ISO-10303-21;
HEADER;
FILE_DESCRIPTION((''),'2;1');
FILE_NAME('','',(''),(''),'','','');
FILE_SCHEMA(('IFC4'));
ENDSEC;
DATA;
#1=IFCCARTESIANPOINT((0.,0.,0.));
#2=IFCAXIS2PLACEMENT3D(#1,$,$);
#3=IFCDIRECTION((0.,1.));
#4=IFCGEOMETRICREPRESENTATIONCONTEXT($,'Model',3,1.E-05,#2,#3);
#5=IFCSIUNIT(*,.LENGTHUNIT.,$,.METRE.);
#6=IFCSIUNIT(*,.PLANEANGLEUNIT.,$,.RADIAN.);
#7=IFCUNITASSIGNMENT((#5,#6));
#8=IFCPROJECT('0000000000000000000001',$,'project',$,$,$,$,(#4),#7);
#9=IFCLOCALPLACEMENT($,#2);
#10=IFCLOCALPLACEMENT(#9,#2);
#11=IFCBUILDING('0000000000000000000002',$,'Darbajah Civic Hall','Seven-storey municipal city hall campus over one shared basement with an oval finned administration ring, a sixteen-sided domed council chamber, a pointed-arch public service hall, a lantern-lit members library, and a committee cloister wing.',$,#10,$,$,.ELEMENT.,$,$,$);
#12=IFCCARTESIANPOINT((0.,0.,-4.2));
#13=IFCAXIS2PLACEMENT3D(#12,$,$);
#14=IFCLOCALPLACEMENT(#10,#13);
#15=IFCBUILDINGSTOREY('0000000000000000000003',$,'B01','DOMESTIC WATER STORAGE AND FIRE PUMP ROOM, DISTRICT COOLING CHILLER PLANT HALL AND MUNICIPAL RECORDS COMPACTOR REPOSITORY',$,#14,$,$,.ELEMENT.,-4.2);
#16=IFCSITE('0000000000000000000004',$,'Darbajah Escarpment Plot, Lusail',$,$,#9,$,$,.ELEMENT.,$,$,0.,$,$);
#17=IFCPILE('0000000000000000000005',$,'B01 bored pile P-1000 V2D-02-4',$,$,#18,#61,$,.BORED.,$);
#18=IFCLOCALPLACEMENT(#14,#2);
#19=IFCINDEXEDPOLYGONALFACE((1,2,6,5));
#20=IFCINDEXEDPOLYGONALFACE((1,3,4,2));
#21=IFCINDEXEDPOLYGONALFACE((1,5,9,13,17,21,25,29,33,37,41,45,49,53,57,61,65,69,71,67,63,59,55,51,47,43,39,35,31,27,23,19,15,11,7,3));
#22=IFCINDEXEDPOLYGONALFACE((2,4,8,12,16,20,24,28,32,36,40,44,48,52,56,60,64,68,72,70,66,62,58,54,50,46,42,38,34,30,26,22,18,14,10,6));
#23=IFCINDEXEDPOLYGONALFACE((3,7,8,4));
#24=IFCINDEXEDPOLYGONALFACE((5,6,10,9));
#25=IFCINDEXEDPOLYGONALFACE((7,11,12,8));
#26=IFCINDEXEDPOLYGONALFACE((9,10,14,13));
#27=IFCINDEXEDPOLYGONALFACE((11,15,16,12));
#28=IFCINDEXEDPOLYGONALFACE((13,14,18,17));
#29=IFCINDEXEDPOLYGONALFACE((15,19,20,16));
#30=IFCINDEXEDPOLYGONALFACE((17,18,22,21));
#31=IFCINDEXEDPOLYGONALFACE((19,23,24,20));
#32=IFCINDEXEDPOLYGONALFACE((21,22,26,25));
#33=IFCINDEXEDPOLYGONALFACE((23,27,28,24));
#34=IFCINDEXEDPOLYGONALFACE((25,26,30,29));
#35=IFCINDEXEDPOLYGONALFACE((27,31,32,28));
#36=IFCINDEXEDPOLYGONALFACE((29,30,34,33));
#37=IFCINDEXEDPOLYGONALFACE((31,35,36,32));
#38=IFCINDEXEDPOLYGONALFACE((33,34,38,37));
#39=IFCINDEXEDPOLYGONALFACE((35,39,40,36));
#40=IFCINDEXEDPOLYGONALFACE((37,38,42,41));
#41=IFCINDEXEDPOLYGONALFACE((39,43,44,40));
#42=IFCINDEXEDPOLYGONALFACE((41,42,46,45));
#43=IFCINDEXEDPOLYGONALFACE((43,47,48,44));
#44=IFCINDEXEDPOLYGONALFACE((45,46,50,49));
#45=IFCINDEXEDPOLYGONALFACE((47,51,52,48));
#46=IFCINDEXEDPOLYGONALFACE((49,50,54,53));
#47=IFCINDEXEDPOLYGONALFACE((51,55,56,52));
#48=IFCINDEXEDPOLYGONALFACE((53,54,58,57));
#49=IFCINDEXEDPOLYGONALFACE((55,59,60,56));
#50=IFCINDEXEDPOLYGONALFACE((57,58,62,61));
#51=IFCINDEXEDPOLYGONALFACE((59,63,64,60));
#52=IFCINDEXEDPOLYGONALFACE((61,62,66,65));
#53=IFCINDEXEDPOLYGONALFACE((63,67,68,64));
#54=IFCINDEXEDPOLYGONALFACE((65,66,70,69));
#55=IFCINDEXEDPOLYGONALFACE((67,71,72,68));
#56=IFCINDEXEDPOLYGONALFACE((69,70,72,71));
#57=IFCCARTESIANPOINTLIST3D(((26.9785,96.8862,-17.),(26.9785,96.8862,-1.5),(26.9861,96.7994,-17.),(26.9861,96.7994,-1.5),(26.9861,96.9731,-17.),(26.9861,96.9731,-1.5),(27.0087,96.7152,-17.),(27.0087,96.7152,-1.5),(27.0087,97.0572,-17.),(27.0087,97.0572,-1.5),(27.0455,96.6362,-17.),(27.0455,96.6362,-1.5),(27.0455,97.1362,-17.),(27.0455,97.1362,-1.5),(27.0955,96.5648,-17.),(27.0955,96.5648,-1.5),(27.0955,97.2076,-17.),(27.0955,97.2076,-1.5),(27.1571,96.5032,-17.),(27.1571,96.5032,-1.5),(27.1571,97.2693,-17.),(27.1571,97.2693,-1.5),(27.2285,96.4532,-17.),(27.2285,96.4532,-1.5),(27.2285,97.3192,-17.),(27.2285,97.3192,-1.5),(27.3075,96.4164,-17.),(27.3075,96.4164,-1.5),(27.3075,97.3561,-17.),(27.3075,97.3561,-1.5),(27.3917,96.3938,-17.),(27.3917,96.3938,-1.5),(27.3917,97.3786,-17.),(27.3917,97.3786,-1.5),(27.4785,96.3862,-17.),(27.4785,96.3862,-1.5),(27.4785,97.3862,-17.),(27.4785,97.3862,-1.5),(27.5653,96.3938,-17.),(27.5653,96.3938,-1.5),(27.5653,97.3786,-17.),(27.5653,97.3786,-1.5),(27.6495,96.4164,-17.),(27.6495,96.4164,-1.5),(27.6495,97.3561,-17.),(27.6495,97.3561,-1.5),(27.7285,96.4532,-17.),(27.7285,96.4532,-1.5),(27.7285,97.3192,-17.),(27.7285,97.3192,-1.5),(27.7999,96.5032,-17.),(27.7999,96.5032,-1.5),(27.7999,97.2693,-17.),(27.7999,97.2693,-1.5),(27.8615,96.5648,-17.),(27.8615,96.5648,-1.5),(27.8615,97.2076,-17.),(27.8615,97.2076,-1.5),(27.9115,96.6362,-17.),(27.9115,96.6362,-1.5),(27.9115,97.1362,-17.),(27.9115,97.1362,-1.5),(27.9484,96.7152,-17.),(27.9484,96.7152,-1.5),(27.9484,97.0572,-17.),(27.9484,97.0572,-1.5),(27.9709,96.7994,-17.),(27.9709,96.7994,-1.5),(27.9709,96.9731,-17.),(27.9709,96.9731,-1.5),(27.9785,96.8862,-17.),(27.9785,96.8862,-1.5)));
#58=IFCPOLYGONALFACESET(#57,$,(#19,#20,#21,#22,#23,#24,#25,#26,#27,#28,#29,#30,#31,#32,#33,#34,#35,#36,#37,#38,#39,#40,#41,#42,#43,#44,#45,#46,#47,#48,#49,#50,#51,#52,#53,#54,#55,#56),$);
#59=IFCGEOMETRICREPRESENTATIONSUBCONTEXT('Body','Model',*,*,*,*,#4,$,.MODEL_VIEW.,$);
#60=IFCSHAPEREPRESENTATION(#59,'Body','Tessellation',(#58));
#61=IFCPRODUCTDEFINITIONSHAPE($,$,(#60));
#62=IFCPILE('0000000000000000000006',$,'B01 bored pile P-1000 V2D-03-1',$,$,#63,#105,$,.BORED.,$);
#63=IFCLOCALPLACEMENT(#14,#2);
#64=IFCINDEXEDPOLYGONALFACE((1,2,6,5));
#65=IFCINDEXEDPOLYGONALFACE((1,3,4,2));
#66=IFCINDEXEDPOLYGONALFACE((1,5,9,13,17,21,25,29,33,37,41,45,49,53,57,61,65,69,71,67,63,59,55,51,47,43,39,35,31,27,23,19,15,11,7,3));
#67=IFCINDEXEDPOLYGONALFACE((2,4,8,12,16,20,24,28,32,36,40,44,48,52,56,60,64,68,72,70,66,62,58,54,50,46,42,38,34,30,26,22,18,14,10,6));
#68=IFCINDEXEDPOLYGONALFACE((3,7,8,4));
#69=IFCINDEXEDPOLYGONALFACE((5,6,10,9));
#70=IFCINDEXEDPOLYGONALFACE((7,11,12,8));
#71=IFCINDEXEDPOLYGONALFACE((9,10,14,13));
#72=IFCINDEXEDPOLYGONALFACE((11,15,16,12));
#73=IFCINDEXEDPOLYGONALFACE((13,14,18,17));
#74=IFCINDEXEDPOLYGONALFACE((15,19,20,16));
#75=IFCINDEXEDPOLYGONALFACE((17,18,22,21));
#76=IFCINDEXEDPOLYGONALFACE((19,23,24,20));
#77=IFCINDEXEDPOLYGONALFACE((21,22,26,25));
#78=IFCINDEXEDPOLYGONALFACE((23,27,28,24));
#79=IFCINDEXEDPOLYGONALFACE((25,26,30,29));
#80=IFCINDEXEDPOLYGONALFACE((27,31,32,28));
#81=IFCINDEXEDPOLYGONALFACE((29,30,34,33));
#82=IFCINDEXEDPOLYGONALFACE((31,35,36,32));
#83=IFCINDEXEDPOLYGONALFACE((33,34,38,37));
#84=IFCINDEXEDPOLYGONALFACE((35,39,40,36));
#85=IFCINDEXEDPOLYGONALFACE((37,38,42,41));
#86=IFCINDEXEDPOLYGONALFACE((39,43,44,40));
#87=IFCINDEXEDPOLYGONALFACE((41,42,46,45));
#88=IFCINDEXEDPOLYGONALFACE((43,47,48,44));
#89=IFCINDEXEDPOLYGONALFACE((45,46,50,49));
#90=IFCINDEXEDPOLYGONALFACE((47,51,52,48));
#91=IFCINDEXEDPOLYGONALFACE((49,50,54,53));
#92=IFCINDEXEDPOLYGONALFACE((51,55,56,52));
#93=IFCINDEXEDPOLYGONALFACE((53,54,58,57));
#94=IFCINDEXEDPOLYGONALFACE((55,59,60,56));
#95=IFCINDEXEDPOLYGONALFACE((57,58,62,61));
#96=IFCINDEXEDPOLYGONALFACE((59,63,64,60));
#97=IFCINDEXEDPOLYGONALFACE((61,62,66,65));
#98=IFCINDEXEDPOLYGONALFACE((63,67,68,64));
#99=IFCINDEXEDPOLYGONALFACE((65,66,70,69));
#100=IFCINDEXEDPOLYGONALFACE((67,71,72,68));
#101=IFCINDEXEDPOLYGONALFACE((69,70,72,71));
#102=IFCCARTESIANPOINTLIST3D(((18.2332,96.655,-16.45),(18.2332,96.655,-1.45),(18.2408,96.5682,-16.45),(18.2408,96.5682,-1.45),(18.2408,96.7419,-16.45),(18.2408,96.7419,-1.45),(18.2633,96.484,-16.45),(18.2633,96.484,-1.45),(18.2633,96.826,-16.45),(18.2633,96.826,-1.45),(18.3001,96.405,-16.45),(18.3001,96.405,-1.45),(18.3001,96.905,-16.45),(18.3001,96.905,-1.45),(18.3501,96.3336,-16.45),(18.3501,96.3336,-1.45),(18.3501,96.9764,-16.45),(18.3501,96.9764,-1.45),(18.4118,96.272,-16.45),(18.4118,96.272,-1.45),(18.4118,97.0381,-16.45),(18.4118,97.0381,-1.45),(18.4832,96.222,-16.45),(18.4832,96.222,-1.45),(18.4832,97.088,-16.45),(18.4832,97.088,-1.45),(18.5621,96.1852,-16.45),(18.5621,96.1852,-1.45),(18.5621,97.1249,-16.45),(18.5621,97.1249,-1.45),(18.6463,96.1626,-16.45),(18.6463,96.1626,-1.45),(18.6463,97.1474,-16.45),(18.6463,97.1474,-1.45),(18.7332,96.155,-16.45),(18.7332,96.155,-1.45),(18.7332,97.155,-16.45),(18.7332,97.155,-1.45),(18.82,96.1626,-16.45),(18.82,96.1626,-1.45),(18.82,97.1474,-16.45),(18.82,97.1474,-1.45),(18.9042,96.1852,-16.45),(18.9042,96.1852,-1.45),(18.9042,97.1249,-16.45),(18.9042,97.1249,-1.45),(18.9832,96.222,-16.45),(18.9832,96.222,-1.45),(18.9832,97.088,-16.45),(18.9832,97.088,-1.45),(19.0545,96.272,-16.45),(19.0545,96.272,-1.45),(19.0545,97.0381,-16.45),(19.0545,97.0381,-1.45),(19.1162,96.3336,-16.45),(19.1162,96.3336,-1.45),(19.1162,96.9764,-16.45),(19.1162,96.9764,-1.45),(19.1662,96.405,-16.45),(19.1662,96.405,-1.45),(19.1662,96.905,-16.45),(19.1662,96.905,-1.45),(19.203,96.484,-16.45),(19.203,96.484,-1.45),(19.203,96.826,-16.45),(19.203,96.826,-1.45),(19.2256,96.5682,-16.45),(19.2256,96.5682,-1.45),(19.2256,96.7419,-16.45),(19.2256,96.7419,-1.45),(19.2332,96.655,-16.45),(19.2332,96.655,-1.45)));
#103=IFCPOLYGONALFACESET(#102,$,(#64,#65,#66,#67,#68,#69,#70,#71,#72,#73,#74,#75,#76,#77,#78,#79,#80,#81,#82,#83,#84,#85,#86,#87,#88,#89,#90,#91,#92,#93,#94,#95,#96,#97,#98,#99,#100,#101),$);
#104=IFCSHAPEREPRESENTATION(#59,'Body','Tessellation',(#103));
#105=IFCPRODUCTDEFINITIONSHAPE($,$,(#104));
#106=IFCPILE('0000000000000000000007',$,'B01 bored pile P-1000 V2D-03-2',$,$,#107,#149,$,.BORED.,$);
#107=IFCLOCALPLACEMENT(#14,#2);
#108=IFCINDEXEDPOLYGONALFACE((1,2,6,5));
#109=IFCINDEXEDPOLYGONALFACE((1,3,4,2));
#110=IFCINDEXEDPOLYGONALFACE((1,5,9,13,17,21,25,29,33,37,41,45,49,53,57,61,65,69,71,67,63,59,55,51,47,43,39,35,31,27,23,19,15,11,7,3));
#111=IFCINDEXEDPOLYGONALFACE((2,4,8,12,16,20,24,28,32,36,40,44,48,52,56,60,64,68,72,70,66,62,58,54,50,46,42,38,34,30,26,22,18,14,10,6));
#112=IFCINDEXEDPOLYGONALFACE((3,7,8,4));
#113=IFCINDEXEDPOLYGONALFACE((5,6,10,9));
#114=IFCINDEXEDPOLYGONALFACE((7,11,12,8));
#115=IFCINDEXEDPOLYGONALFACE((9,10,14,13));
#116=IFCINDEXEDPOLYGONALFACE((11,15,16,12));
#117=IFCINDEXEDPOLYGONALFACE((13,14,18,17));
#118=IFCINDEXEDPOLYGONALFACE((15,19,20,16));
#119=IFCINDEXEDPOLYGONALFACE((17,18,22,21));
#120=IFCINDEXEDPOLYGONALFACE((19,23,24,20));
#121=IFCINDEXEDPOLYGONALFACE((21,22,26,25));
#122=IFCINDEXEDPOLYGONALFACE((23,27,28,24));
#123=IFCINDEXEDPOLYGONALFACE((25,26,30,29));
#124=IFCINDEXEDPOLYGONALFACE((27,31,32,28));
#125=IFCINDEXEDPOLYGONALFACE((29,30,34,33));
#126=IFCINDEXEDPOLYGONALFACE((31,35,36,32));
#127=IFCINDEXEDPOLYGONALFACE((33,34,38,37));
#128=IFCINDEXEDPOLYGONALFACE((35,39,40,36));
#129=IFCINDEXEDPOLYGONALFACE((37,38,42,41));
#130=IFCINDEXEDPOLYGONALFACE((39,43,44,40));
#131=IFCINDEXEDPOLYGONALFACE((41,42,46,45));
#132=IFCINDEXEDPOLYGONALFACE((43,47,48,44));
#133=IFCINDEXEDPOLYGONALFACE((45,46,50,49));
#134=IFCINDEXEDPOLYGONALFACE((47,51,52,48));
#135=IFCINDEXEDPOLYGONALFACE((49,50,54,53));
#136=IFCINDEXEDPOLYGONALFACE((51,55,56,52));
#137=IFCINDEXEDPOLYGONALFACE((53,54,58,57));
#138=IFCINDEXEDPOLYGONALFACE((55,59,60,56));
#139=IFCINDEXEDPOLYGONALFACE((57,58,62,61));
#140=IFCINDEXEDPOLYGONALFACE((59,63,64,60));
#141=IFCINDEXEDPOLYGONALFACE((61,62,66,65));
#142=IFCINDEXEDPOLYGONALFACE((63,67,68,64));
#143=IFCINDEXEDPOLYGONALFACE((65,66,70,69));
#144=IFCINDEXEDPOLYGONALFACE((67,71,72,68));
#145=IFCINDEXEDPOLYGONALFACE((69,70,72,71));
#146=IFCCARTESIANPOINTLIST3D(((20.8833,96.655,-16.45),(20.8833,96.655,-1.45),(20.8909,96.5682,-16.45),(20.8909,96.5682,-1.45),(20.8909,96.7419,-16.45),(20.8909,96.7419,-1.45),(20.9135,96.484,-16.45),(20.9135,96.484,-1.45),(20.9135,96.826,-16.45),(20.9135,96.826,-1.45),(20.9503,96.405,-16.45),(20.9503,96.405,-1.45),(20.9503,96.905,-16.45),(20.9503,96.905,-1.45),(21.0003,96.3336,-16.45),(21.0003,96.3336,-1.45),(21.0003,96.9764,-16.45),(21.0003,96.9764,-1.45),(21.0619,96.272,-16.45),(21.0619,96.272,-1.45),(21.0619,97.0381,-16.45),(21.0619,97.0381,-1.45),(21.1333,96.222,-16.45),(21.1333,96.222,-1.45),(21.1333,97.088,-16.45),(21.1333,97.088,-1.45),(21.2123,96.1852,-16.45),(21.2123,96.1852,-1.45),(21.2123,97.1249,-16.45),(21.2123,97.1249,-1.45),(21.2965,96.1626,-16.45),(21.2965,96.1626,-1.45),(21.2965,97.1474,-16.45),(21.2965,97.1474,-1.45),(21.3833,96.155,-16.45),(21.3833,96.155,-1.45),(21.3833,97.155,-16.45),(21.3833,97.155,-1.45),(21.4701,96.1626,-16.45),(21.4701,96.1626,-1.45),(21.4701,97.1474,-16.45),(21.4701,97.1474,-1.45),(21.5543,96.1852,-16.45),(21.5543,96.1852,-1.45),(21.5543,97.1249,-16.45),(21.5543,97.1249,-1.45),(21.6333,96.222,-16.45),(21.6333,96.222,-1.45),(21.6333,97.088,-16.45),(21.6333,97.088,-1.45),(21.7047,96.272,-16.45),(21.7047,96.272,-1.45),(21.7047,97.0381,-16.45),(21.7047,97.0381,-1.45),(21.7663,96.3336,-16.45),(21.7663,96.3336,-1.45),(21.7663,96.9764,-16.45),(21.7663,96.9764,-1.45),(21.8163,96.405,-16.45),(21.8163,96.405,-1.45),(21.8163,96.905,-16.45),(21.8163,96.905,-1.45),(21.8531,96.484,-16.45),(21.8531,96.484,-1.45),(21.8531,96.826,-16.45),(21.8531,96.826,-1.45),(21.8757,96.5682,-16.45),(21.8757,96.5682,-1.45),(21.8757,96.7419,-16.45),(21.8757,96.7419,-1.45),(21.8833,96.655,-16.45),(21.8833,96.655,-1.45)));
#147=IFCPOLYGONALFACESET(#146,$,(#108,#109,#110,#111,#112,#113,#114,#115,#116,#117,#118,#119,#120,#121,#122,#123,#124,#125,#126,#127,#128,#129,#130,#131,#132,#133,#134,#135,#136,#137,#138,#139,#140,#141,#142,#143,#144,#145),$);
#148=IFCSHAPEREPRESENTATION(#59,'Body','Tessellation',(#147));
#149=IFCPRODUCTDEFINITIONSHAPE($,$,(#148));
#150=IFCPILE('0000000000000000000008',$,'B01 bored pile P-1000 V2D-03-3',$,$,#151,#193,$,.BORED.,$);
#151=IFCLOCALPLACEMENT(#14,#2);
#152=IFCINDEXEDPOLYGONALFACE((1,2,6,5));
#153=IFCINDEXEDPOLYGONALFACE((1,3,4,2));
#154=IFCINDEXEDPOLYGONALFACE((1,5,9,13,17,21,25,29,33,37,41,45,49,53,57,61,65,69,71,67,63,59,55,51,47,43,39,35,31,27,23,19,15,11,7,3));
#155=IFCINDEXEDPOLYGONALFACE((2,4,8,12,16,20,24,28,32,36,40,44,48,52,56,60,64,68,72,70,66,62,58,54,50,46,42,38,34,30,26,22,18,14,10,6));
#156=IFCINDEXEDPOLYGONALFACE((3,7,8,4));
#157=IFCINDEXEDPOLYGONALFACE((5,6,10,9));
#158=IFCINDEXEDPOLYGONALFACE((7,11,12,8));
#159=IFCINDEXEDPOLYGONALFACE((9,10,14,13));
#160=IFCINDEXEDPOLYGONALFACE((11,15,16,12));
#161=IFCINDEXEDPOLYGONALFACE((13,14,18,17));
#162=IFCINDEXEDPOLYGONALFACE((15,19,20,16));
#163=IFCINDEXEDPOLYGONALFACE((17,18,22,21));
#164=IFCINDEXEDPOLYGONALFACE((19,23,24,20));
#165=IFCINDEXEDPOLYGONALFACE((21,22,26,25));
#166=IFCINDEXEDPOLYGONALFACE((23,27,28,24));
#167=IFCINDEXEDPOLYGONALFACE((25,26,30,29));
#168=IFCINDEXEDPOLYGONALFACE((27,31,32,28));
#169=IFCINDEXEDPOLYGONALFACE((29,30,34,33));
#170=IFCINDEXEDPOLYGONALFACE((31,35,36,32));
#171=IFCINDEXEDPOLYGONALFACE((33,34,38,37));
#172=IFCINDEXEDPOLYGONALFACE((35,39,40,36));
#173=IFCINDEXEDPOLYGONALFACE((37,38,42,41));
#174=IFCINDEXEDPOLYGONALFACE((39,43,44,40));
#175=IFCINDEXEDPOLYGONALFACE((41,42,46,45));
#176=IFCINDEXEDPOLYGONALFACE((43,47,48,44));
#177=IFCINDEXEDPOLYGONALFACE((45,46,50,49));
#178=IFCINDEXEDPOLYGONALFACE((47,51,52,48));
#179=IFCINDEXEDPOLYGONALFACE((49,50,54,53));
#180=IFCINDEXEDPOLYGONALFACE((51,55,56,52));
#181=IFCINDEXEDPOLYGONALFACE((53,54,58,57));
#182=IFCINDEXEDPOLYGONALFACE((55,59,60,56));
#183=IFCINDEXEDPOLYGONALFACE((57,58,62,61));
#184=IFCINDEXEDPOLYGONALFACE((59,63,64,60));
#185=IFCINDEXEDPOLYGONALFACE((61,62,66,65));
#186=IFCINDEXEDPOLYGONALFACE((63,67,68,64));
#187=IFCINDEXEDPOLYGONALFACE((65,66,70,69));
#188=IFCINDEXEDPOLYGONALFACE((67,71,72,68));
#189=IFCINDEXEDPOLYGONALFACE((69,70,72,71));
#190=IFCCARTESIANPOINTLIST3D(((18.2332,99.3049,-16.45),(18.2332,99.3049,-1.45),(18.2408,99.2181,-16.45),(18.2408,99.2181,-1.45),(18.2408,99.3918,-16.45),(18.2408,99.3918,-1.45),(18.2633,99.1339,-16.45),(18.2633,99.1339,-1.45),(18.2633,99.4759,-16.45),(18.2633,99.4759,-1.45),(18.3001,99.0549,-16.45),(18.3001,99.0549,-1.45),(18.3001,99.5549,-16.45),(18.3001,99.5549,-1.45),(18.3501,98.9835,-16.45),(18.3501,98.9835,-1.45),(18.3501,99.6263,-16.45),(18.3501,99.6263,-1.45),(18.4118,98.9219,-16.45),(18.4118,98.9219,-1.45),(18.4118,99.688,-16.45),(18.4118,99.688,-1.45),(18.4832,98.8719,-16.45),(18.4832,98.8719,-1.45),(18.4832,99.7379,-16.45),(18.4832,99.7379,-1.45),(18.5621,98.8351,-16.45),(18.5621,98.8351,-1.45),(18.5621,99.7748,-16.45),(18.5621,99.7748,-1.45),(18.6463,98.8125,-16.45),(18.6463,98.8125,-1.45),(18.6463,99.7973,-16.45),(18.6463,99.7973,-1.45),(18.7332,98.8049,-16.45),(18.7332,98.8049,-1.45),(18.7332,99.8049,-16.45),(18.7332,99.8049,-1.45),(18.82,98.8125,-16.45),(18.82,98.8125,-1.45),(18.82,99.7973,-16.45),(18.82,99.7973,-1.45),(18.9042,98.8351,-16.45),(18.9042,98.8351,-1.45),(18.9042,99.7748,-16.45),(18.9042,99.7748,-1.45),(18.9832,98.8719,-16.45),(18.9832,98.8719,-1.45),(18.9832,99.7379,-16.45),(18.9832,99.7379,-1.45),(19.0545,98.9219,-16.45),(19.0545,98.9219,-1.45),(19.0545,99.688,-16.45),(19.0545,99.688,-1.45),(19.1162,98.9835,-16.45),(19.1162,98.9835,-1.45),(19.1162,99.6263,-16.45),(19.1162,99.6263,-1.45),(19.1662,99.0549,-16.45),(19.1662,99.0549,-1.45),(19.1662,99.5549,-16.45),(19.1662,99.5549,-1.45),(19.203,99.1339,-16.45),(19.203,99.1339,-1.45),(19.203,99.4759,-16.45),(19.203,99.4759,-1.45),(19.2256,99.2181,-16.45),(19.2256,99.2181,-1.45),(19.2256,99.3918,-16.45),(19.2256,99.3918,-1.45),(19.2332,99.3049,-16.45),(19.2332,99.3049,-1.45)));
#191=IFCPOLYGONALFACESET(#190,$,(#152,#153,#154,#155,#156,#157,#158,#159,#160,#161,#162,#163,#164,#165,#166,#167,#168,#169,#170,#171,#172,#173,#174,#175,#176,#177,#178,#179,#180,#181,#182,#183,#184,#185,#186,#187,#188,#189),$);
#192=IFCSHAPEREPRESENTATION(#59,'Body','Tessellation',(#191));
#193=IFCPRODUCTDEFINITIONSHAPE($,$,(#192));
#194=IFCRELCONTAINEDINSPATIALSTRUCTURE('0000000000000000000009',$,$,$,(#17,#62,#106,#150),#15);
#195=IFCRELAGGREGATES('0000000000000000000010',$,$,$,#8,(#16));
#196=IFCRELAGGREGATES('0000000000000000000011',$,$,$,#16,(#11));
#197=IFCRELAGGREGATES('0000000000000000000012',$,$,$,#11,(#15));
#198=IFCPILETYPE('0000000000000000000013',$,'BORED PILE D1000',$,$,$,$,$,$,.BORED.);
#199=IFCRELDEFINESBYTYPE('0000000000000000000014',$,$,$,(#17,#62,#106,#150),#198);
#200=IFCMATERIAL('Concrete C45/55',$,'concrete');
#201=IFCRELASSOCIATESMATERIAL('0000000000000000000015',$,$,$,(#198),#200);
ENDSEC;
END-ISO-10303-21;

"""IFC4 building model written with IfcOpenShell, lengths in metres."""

from ifc_helpers import new_model, si_unit, direction, frame, origin, origin_2d, place, context, subcontext, project, spatial, circle, extrude, material, material_profile, profile_set, type_object, element, save


model = new_model("IFC4")

# Units and contexts
model_context = context("Model", 3, precision=1e-05, world=origin(), true_north=direction((0.0, 1.0)))
body_context = subcontext(model_context, "Body", "Model", "MODEL_VIEW")
ifc_project = project(units=[si_unit("LENGTHUNIT", "METRE"), si_unit("PLANEANGLEUNIT", "RADIAN")], contexts=[model_context])

# Site, building, storey
site_placement = place(None, origin())
site = spatial("IfcSite", under=ifc_project, at=site_placement, Name="Darbajah Escarpment Plot, Lusail", CompositionType="ELEMENT", RefElevation=0.0)
building_placement = place(site_placement, origin())
building = spatial("IfcBuilding", under=site, at=building_placement, Name="Darbajah Civic Hall", Description="Seven-storey municipal city hall campus over one shared basement with an oval finned administration ring, a sixteen-sided domed council chamber, a pointed-arch public service hall, a lantern-lit members library, and a committee cloister wing.", CompositionType="ELEMENT")
storey_placement = place(building_placement, frame((0.0, 0.0, -4.2)))
storey = spatial("IfcBuildingStorey", under=building, at=storey_placement, Name="B01", Description="DOMESTIC WATER STORAGE AND FIRE PUMP ROOM, DISTRICT COOLING CHILLER PLANT HALL AND MUNICIPAL RECORDS COMPACTOR REPOSITORY", CompositionType="ELEMENT", Elevation=-4.2)

# Piles
ifc_material_1 = material(Name="Concrete C45/55", Category="concrete")
ifc_material_profile_1 = material_profile(ifc_material_1, circle(Radius=0.5, at=origin_2d()), Name="BORED PILE D1000")
ifc_profile_set_1 = profile_set([ifc_material_profile_1], Name="Concrete C45/55")
pile_type = type_object("IfcPileType", Name="BORED PILE D1000", PredefinedType="BORED", material=ifc_profile_set_1)
for number, where, z_axis, x_axis, name in (
    (1, (27.4785, 96.8862, -1.5), (0.0, 0.0, -1.0), (1.0, 0.0, 0.0), "B01 bored pile P-1000 V2D-02-4"),
):
    element("IfcPile", number, at=place(storey_placement, frame(where, z_axis=z_axis, x_axis=x_axis)), inside=storey, type_object=pile_type, Name=name, PredefinedType="BORED", context=body_context, shape_type="SweptSolid", body=[
        extrude(circle(Radius=0.5, at=origin_2d()), origin(), (0.0, 0.0, 1.0), 15.5),
    ])
for number, where, z_axis, x_axis, name in (
    (2, (18.7332, 96.655, -1.45), (0.0, 0.0, -1.0), (1.0, 0.0, 0.0), "B01 bored pile P-1000 V2D-03-1"),
    (3, (21.3833, 96.655, -1.45), (0.0, 0.0, -1.0), (1.0, 0.0, 0.0), "B01 bored pile P-1000 V2D-03-2"),
    (4, (18.7332, 99.3049, -1.45), (0.0, 0.0, -1.0), (1.0, 0.0, 0.0), "B01 bored pile P-1000 V2D-03-3"),
):
    element("IfcPile", number, at=place(storey_placement, frame(where, z_axis=z_axis, x_axis=x_axis)), inside=storey, type_object=pile_type, Name=name, PredefinedType="BORED", context=body_context, shape_type="SweptSolid", body=[
        extrude(circle(Radius=0.5, at=origin_2d()), origin(), (0.0, 0.0, 1.0), 15.0),
    ])

save(model, "model.ifc")
